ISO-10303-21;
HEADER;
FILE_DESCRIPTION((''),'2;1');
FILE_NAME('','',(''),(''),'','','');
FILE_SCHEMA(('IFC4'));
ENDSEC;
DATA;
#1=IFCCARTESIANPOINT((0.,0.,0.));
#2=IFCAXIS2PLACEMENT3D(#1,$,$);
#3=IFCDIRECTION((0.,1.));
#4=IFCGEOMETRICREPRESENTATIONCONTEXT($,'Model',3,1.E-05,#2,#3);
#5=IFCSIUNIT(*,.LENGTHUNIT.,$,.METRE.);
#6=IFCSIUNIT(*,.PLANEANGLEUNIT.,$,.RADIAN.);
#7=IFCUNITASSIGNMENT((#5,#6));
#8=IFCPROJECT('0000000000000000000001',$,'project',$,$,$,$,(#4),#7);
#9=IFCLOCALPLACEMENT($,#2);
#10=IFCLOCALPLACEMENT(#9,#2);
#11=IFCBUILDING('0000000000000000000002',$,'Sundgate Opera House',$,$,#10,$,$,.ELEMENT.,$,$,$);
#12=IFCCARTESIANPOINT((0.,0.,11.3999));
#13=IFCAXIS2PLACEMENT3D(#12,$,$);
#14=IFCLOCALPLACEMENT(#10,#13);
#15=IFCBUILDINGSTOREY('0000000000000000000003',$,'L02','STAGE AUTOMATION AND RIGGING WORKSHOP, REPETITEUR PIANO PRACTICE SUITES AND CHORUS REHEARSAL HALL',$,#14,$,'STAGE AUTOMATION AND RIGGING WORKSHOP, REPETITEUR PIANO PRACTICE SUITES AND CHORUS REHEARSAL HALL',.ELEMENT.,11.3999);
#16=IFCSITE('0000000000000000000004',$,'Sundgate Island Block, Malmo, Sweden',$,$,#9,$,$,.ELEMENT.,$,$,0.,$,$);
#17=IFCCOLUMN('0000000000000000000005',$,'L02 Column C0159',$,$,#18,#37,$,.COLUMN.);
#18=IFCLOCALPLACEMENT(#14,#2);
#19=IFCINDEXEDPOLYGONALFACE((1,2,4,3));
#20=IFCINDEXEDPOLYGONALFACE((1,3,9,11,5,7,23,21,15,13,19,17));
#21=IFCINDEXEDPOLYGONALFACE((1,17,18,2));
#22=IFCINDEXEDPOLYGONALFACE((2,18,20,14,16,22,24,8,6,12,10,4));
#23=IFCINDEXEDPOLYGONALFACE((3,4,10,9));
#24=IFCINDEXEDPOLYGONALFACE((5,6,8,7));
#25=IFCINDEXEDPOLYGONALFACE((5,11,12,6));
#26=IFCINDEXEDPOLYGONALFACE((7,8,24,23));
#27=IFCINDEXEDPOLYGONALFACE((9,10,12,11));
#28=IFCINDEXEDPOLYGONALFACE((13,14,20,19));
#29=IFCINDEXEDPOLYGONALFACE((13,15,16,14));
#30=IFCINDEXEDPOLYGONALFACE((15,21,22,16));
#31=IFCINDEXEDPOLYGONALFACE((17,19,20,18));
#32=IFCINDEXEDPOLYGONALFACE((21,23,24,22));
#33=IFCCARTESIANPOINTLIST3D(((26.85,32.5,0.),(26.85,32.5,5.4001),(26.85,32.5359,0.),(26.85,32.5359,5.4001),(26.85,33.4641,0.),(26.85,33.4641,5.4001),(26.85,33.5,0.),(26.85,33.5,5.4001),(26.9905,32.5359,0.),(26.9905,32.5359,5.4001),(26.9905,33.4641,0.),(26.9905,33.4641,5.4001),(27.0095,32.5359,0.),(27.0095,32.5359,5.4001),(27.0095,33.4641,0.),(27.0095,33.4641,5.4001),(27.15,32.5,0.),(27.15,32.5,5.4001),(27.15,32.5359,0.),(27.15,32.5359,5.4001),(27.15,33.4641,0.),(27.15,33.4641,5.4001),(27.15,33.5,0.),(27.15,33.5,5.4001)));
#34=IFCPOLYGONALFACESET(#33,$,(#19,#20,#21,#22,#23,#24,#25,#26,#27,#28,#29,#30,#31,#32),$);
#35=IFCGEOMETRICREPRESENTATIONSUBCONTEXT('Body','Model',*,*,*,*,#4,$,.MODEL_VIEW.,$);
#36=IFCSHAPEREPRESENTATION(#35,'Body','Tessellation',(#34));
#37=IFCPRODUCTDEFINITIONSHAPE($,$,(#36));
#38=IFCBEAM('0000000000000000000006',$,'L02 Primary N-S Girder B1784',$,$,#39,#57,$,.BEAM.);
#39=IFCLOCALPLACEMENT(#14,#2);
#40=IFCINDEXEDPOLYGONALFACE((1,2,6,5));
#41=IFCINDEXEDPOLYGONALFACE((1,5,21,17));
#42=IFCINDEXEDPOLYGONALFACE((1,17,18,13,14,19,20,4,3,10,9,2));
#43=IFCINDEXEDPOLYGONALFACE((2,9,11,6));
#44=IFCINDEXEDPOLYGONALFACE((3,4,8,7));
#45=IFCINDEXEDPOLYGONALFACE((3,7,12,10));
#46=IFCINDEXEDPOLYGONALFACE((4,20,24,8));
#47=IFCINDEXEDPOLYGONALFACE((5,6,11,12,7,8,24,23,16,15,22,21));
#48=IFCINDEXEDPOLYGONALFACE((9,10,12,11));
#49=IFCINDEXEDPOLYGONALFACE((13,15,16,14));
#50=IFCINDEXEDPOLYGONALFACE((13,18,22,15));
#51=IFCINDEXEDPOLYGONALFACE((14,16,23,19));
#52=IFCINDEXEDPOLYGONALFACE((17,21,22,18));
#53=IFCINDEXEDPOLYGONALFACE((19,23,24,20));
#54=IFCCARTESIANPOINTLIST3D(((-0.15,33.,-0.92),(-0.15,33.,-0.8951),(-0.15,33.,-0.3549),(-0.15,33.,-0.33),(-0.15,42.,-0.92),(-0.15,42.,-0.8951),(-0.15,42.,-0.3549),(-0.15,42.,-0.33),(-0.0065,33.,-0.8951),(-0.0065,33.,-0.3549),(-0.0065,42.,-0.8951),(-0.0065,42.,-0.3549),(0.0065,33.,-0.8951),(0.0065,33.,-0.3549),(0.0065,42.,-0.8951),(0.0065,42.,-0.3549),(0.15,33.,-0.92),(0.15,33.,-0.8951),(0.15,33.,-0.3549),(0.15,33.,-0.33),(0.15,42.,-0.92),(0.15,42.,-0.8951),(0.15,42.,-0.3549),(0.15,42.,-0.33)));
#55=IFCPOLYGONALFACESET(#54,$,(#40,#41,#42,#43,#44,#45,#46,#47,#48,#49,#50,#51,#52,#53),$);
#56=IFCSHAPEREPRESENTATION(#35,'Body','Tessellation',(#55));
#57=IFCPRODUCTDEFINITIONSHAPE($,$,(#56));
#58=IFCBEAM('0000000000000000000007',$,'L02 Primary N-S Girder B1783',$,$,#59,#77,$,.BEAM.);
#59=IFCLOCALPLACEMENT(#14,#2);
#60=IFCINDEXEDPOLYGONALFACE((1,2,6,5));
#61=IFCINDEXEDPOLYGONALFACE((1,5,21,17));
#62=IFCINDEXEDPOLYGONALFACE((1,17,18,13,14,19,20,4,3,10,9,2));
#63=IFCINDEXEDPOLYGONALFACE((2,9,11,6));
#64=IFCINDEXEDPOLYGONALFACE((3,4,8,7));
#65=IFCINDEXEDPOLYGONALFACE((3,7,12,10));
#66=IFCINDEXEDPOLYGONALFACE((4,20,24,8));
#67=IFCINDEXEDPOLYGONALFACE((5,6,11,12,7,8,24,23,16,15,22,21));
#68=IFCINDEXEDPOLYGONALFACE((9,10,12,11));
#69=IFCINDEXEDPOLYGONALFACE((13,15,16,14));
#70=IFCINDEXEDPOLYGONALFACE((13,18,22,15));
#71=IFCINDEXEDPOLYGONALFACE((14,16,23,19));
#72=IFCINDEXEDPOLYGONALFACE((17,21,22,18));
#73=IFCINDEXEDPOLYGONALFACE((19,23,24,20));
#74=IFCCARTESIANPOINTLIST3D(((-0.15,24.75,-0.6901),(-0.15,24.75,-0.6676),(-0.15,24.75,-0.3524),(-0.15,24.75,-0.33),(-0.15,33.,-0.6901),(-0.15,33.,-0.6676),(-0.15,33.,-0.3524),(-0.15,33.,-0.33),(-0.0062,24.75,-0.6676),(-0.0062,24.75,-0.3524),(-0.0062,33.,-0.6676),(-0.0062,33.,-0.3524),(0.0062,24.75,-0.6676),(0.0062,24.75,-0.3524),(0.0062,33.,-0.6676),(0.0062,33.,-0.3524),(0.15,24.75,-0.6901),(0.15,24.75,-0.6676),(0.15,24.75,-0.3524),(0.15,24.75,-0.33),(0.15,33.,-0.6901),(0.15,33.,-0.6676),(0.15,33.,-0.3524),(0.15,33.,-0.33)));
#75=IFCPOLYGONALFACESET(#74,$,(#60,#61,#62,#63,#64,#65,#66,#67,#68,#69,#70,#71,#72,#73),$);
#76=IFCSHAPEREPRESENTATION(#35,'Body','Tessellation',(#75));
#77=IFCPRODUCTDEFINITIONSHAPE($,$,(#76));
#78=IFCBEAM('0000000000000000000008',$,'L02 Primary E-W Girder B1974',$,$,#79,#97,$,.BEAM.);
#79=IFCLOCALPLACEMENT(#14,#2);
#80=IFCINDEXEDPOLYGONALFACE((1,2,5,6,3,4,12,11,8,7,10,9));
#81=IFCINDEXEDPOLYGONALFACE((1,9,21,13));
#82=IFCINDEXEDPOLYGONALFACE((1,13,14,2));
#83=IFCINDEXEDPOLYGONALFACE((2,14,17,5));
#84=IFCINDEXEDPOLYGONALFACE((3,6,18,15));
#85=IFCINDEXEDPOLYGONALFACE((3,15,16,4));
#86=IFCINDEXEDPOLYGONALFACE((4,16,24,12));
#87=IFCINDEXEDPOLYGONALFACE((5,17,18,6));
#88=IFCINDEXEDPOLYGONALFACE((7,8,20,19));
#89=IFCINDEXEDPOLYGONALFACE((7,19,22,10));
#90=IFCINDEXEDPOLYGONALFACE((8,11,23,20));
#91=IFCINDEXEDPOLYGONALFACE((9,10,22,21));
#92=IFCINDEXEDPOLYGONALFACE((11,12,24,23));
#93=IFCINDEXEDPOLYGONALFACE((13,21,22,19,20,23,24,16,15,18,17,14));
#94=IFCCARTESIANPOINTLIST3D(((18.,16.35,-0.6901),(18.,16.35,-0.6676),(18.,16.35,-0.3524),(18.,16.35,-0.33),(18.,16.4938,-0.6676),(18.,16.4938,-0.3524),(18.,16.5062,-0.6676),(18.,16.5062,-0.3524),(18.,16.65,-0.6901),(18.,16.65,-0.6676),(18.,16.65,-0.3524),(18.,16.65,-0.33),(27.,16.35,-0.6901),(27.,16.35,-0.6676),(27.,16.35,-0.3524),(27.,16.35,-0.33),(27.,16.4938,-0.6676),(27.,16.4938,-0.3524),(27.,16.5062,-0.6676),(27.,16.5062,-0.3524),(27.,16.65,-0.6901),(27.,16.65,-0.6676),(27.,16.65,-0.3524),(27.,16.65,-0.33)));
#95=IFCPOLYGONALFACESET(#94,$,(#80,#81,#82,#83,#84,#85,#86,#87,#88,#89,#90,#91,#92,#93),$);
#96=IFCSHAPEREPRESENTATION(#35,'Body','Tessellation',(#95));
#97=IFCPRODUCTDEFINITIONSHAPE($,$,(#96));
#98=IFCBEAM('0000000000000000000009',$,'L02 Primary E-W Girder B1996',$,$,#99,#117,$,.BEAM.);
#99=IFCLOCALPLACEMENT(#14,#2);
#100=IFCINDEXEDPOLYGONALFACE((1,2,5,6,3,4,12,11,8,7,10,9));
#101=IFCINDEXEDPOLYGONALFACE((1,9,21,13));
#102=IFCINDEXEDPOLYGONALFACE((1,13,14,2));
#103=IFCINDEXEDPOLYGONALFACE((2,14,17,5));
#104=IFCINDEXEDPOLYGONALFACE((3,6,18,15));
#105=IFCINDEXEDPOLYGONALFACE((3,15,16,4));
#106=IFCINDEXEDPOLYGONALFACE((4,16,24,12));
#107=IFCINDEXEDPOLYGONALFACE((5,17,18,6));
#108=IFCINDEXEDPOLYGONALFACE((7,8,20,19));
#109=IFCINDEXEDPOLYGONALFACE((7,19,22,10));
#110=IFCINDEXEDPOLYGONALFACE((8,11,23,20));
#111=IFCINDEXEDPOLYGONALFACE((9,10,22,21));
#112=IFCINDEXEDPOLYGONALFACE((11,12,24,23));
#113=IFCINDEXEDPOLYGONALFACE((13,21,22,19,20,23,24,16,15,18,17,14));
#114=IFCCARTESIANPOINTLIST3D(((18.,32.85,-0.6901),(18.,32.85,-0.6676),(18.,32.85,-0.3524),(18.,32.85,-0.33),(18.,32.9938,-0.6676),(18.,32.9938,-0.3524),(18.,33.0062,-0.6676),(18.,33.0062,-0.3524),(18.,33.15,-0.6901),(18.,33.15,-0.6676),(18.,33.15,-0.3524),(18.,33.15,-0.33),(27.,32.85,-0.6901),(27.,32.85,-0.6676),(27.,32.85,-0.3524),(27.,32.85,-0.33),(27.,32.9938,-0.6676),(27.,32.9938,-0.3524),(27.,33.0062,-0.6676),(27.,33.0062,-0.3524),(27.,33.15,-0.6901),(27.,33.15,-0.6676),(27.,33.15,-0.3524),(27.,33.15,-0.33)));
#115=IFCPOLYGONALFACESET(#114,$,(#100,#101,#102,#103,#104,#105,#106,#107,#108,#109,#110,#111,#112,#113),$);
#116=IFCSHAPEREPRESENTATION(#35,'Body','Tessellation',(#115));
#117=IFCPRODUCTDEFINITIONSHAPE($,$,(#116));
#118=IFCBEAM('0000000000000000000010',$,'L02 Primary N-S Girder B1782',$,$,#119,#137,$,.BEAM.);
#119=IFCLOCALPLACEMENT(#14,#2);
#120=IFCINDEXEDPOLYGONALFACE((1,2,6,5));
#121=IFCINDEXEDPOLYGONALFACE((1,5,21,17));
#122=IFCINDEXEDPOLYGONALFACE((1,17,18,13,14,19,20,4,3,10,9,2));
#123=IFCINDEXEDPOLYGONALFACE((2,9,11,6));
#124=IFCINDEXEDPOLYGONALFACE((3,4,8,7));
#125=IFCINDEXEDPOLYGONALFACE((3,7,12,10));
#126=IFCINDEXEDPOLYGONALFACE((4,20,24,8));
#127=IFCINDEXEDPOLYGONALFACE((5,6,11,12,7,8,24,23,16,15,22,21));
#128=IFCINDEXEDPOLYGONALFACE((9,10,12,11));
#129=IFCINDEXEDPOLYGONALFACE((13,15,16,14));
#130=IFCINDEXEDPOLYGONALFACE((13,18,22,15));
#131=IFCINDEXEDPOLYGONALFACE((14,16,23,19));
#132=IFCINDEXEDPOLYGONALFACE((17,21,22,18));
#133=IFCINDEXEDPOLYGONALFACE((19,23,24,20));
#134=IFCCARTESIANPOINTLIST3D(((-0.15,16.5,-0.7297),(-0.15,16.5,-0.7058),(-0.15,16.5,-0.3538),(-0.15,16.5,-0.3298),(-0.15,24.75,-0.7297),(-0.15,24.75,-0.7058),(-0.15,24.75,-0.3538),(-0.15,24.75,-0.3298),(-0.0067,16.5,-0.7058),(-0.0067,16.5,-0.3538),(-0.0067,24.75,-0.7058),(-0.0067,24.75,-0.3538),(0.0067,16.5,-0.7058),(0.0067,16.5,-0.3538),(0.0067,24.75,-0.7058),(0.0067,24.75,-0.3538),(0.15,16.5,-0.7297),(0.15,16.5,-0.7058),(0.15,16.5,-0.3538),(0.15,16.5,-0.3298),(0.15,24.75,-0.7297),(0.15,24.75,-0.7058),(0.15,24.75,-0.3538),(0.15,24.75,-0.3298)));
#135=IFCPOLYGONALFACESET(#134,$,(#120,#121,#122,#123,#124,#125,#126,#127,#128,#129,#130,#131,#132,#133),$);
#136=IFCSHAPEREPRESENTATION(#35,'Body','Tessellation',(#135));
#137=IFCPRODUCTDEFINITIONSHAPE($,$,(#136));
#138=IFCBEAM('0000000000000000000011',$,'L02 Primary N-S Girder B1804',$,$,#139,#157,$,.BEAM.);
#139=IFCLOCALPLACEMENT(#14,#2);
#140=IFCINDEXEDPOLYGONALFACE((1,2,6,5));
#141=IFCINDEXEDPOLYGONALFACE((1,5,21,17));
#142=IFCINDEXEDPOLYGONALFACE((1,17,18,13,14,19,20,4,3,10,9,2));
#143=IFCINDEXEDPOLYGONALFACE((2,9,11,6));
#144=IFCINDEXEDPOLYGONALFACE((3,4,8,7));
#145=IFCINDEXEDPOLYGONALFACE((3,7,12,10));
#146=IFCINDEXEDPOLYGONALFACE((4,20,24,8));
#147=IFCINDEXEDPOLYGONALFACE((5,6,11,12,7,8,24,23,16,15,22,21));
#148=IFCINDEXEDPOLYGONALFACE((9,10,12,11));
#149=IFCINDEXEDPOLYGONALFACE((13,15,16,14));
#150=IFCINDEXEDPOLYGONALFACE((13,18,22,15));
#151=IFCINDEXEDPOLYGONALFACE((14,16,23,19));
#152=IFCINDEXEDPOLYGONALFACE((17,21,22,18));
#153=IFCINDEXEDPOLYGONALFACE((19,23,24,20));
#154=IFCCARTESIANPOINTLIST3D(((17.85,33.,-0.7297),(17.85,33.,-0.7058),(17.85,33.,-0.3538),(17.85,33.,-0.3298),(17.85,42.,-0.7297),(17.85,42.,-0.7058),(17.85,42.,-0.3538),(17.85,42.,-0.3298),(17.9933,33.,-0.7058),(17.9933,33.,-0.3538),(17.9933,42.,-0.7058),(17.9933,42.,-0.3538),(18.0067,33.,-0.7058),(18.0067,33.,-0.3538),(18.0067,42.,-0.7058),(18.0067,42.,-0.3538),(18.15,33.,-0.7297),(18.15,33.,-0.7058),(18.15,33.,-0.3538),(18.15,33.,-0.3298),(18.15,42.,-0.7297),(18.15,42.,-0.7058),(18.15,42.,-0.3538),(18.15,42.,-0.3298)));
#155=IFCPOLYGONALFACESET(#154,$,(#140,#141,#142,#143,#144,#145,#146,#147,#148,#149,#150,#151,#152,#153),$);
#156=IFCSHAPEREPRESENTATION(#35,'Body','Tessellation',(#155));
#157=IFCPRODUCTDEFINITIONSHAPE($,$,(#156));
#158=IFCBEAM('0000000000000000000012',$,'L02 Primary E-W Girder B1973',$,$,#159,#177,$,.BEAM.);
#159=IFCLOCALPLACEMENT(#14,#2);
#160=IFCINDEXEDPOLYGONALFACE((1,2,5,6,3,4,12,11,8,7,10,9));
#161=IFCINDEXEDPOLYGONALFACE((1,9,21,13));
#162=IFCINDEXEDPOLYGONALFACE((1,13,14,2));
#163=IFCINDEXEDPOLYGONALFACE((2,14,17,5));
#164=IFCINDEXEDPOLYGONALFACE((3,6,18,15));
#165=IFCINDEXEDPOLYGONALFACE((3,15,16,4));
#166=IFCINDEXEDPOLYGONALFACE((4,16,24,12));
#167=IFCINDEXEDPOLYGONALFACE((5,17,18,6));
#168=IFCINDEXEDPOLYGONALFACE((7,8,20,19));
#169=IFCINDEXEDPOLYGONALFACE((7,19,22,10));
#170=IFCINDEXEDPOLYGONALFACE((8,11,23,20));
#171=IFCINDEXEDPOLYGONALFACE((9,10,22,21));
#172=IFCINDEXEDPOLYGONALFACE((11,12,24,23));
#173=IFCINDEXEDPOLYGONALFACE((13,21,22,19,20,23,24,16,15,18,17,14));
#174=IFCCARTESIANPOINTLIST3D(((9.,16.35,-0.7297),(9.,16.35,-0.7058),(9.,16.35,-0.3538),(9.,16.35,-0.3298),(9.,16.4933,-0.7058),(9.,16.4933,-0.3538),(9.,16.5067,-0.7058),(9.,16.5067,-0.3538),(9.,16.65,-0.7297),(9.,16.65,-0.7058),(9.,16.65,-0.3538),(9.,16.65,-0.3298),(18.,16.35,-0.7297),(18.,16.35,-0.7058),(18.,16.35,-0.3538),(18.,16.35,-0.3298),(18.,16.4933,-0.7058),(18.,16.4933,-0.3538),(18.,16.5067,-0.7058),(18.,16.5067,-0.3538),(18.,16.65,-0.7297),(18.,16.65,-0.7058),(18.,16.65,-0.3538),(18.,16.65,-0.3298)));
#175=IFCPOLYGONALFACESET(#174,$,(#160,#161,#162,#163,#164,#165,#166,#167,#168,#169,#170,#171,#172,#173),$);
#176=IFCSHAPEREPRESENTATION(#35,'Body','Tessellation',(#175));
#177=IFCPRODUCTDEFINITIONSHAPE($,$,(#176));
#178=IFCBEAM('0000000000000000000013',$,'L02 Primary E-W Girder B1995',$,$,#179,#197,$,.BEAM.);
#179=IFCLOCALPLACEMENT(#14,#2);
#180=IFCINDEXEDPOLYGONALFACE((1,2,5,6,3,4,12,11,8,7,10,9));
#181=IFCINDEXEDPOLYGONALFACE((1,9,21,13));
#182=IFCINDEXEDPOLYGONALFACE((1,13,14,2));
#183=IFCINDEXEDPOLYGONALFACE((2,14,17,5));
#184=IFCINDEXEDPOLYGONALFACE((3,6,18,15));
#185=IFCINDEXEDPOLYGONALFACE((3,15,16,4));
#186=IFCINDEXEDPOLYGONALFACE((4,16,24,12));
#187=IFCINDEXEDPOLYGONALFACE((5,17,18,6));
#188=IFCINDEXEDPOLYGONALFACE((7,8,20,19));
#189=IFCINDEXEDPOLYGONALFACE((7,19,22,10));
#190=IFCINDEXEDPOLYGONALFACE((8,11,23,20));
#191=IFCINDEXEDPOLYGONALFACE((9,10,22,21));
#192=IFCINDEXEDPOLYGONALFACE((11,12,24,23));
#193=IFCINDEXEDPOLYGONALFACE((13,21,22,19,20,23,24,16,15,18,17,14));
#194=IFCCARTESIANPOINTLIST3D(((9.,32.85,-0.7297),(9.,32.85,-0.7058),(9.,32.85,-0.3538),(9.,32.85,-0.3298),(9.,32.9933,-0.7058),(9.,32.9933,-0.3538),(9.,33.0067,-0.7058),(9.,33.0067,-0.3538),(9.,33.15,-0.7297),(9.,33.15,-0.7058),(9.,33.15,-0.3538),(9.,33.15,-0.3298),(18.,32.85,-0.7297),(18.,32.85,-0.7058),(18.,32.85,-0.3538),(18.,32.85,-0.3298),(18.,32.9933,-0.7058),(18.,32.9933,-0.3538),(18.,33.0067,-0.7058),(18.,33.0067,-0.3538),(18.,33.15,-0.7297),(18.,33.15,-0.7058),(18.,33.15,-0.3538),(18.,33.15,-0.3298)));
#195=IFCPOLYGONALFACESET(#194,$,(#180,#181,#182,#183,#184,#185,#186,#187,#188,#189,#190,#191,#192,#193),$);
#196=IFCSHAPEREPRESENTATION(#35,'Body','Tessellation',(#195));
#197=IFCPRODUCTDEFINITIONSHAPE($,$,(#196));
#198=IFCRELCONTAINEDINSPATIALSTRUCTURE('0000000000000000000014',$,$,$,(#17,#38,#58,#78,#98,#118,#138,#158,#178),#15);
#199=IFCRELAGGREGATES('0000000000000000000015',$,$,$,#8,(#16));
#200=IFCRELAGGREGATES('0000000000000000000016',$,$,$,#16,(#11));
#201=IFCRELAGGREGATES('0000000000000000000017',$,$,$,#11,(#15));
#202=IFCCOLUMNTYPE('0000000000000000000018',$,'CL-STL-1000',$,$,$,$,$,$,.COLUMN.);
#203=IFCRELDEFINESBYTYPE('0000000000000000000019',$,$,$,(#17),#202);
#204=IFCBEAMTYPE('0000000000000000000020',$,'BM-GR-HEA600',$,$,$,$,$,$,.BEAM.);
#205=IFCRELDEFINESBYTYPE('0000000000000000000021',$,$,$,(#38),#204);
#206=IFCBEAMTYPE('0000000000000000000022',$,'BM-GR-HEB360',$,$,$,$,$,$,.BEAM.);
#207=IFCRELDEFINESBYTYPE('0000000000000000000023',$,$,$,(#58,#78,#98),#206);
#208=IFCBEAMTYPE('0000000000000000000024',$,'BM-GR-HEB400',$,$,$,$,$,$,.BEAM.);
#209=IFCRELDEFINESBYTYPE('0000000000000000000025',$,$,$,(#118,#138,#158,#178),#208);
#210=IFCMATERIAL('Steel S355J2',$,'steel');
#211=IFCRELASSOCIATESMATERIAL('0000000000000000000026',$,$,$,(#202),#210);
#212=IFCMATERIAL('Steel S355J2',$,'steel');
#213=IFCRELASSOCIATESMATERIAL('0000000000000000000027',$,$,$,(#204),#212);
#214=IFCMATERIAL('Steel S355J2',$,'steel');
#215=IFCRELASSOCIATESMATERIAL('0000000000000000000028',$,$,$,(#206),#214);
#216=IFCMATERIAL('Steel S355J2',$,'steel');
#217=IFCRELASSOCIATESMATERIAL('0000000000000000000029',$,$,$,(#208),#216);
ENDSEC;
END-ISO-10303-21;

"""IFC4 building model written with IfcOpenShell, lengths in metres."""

from ifc_helpers import new_model, si_unit, direction, frame, origin, origin_2d, place, context, subcontext, project, spatial, i_section, extrude, material, material_profile, profile_set, type_object, element, save


model = new_model("IFC4")

# Units and contexts
model_context = context("Model", 3, precision=1e-05, world=origin(), true_north=direction((0.0, 1.0)))
body_context = subcontext(model_context, "Body", "Model", "MODEL_VIEW")
ifc_project = project(units=[si_unit("LENGTHUNIT", "METRE"), si_unit("PLANEANGLEUNIT", "RADIAN")], contexts=[model_context])

# Site, building, storey
site_placement = place(None, origin())
site = spatial("IfcSite", under=ifc_project, at=site_placement, Name="Sundgate Island Block, Malmo, Sweden", CompositionType="ELEMENT", RefElevation=0.0)
building_placement = place(site_placement, origin())
building = spatial("IfcBuilding", under=site, at=building_placement, Name="Sundgate Opera House", CompositionType="ELEMENT")
storey_placement = place(building_placement, frame((0.0, 0.0, 11.3999)))
storey = spatial("IfcBuildingStorey", under=building, at=storey_placement, Name="L02", Description="STAGE AUTOMATION AND RIGGING WORKSHOP, REPETITEUR PIANO PRACTICE SUITES AND CHORUS REHEARSAL HALL", LongName="STAGE AUTOMATION AND RIGGING WORKSHOP, REPETITEUR PIANO PRACTICE SUITES AND CHORUS REHEARSAL HALL", CompositionType="ELEMENT", Elevation=11.3999)

# Column
ifc_material_1 = material(Name="Steel S355J2", Category="steel")
ifc_material_profile_1 = material_profile(ifc_material_1, i_section(OverallWidth=0.3, OverallDepth=1.0, WebThickness=0.019, FlangeThickness=0.0359, at=origin_2d()), Name="HEB 1000")
ifc_profile_set_1 = profile_set([ifc_material_profile_1], Name="Steel S355J2")
column_type = type_object("IfcColumnType", Name="CL-STL-1000", PredefinedType="COLUMN", material=ifc_profile_set_1)
column_placement = place(storey_placement, frame((27.0, 33.0, 0.0), z_axis=(0.0, 0.0, 1.0), x_axis=(1.0, 0.0, 0.0)))
element("IfcColumn", 1, at=column_placement, inside=storey, type_object=column_type, Name="L02 Column C0159", PredefinedType="COLUMN", context=body_context, shape_type="SweptSolid", body=[
    extrude(i_section(OverallWidth=0.3, OverallDepth=1.0, WebThickness=0.019, FlangeThickness=0.0359, at=origin_2d()), origin(), (0.0, 0.0, 1.0), 5.4001),
])

# Beams
ifc_material_2 = material(Name="Steel S355J2", Category="steel")
ifc_material_profile_2 = material_profile(ifc_material_2, i_section(OverallWidth=0.3, OverallDepth=0.5901, WebThickness=0.0129, FlangeThickness=0.0249, at=origin_2d()), Name="HEA 600")
ifc_profile_set_2 = profile_set([ifc_material_profile_2], Name="Steel S355J2")
beam_type_1 = type_object("IfcBeamType", Name="BM-GR-HEA600", PredefinedType="BEAM", material=ifc_profile_set_2)
beam_1_placement = place(storey_placement, frame((0.0, 33.0, -0.625), z_axis=(0.0, 1.0, 0.0), x_axis=(-1.0, 0.0, 0.0)))
element("IfcBeam", 2, at=beam_1_placement, inside=storey, type_object=beam_type_1, Name="L02 Primary N-S Girder B1784", PredefinedType="BEAM", context=body_context, shape_type="SweptSolid", body=[
    extrude(i_section(OverallWidth=0.3, OverallDepth=0.5901, WebThickness=0.0129, FlangeThickness=0.0249, at=origin_2d()), origin(), (0.0, 0.0, 1.0), 9.0),
])
ifc_material_3 = material(Name="Steel S355J2", Category="steel")
ifc_material_profile_3 = material_profile(ifc_material_3, i_section(OverallWidth=0.3, OverallDepth=0.3601, WebThickness=0.0125, FlangeThickness=0.0225, at=origin_2d()), Name="HEB 360")
ifc_profile_set_3 = profile_set([ifc_material_profile_3], Name="Steel S355J2")
beam_type_2 = type_object("IfcBeamType", Name="BM-GR-HEB360", PredefinedType="BEAM", material=ifc_profile_set_3)
beam_2_placement = place(storey_placement, frame((0.0, 24.75, -0.51), z_axis=(0.0, 1.0, 0.0), x_axis=(-1.0, 0.0, 0.0)))
element("IfcBeam", 3, at=beam_2_placement, inside=storey, type_object=beam_type_2, Name="L02 Primary N-S Girder B1783", PredefinedType="BEAM", context=body_context, shape_type="SweptSolid", body=[
    extrude(i_section(OverallWidth=0.3, OverallDepth=0.3601, WebThickness=0.0125, FlangeThickness=0.0225, at=origin_2d()), origin(), (0.0, 0.0, 1.0), 8.25),
])
for number, where, z_axis, x_axis, name in (
    (4, (18.0, 16.5, -0.51), (1.0, 0.0, 0.0), (0.0, 1.0, 0.0), "L02 Primary E-W Girder B1974"),
    (5, (18.0, 33.0, -0.51), (1.0, 0.0, 0.0), (0.0, 1.0, 0.0), "L02 Primary E-W Girder B1996"),
):
    element("IfcBeam", number, at=place(storey_placement, frame(where, z_axis=z_axis, x_axis=x_axis)), inside=storey, type_object=beam_type_2, Name=name, PredefinedType="BEAM", context=body_context, shape_type="SweptSolid", body=[
        extrude(i_section(OverallWidth=0.3, OverallDepth=0.3601, WebThickness=0.0125, FlangeThickness=0.0225, at=origin_2d()), origin(), (0.0, 0.0, 1.0), 9.0),
    ])
ifc_material_4 = material(Name="Steel S355J2", Category="steel")
ifc_material_profile_4 = material_profile(ifc_material_4, i_section(OverallWidth=0.3, OverallDepth=0.3999, WebThickness=0.0134, FlangeThickness=0.0239, at=origin_2d()), Name="HEB 400")
ifc_profile_set_4 = profile_set([ifc_material_profile_4], Name="Steel S355J2")
beam_type_3 = type_object("IfcBeamType", Name="BM-GR-HEB400", PredefinedType="BEAM", material=ifc_profile_set_4)
beam_3_placement = place(storey_placement, frame((0.0, 16.5, -0.5298), z_axis=(0.0, 1.0, 0.0), x_axis=(-1.0, 0.0, 0.0)))
element("IfcBeam", 6, at=beam_3_placement, inside=storey, type_object=beam_type_3, Name="L02 Primary N-S Girder B1782", PredefinedType="BEAM", context=body_context, shape_type="SweptSolid", body=[
    extrude(i_section(OverallWidth=0.3, OverallDepth=0.3999, WebThickness=0.0134, FlangeThickness=0.0239, at=origin_2d()), origin(), (0.0, 0.0, 1.0), 8.25),
])
for number, where, z_axis, x_axis, name in (
    (7, (18.0, 33.0, -0.5298), (0.0, 1.0, 0.0), (-1.0, 0.0, 0.0), "L02 Primary N-S Girder B1804"),
    (8, (9.0, 16.5, -0.5298), (1.0, 0.0, 0.0), (0.0, 1.0, 0.0), "L02 Primary E-W Girder B1973"),
    (9, (9.0, 33.0, -0.5298), (1.0, 0.0, 0.0), (0.0, 1.0, 0.0), "L02 Primary E-W Girder B1995"),
):
    element("IfcBeam", number, at=place(storey_placement, frame(where, z_axis=z_axis, x_axis=x_axis)), inside=storey, type_object=beam_type_3, Name=name, PredefinedType="BEAM", context=body_context, shape_type="SweptSolid", body=[
        extrude(i_section(OverallWidth=0.3, OverallDepth=0.3999, WebThickness=0.0134, FlangeThickness=0.0239, at=origin_2d()), origin(), (0.0, 0.0, 1.0), 9.0),
    ])

save(model, "model.ifc")
